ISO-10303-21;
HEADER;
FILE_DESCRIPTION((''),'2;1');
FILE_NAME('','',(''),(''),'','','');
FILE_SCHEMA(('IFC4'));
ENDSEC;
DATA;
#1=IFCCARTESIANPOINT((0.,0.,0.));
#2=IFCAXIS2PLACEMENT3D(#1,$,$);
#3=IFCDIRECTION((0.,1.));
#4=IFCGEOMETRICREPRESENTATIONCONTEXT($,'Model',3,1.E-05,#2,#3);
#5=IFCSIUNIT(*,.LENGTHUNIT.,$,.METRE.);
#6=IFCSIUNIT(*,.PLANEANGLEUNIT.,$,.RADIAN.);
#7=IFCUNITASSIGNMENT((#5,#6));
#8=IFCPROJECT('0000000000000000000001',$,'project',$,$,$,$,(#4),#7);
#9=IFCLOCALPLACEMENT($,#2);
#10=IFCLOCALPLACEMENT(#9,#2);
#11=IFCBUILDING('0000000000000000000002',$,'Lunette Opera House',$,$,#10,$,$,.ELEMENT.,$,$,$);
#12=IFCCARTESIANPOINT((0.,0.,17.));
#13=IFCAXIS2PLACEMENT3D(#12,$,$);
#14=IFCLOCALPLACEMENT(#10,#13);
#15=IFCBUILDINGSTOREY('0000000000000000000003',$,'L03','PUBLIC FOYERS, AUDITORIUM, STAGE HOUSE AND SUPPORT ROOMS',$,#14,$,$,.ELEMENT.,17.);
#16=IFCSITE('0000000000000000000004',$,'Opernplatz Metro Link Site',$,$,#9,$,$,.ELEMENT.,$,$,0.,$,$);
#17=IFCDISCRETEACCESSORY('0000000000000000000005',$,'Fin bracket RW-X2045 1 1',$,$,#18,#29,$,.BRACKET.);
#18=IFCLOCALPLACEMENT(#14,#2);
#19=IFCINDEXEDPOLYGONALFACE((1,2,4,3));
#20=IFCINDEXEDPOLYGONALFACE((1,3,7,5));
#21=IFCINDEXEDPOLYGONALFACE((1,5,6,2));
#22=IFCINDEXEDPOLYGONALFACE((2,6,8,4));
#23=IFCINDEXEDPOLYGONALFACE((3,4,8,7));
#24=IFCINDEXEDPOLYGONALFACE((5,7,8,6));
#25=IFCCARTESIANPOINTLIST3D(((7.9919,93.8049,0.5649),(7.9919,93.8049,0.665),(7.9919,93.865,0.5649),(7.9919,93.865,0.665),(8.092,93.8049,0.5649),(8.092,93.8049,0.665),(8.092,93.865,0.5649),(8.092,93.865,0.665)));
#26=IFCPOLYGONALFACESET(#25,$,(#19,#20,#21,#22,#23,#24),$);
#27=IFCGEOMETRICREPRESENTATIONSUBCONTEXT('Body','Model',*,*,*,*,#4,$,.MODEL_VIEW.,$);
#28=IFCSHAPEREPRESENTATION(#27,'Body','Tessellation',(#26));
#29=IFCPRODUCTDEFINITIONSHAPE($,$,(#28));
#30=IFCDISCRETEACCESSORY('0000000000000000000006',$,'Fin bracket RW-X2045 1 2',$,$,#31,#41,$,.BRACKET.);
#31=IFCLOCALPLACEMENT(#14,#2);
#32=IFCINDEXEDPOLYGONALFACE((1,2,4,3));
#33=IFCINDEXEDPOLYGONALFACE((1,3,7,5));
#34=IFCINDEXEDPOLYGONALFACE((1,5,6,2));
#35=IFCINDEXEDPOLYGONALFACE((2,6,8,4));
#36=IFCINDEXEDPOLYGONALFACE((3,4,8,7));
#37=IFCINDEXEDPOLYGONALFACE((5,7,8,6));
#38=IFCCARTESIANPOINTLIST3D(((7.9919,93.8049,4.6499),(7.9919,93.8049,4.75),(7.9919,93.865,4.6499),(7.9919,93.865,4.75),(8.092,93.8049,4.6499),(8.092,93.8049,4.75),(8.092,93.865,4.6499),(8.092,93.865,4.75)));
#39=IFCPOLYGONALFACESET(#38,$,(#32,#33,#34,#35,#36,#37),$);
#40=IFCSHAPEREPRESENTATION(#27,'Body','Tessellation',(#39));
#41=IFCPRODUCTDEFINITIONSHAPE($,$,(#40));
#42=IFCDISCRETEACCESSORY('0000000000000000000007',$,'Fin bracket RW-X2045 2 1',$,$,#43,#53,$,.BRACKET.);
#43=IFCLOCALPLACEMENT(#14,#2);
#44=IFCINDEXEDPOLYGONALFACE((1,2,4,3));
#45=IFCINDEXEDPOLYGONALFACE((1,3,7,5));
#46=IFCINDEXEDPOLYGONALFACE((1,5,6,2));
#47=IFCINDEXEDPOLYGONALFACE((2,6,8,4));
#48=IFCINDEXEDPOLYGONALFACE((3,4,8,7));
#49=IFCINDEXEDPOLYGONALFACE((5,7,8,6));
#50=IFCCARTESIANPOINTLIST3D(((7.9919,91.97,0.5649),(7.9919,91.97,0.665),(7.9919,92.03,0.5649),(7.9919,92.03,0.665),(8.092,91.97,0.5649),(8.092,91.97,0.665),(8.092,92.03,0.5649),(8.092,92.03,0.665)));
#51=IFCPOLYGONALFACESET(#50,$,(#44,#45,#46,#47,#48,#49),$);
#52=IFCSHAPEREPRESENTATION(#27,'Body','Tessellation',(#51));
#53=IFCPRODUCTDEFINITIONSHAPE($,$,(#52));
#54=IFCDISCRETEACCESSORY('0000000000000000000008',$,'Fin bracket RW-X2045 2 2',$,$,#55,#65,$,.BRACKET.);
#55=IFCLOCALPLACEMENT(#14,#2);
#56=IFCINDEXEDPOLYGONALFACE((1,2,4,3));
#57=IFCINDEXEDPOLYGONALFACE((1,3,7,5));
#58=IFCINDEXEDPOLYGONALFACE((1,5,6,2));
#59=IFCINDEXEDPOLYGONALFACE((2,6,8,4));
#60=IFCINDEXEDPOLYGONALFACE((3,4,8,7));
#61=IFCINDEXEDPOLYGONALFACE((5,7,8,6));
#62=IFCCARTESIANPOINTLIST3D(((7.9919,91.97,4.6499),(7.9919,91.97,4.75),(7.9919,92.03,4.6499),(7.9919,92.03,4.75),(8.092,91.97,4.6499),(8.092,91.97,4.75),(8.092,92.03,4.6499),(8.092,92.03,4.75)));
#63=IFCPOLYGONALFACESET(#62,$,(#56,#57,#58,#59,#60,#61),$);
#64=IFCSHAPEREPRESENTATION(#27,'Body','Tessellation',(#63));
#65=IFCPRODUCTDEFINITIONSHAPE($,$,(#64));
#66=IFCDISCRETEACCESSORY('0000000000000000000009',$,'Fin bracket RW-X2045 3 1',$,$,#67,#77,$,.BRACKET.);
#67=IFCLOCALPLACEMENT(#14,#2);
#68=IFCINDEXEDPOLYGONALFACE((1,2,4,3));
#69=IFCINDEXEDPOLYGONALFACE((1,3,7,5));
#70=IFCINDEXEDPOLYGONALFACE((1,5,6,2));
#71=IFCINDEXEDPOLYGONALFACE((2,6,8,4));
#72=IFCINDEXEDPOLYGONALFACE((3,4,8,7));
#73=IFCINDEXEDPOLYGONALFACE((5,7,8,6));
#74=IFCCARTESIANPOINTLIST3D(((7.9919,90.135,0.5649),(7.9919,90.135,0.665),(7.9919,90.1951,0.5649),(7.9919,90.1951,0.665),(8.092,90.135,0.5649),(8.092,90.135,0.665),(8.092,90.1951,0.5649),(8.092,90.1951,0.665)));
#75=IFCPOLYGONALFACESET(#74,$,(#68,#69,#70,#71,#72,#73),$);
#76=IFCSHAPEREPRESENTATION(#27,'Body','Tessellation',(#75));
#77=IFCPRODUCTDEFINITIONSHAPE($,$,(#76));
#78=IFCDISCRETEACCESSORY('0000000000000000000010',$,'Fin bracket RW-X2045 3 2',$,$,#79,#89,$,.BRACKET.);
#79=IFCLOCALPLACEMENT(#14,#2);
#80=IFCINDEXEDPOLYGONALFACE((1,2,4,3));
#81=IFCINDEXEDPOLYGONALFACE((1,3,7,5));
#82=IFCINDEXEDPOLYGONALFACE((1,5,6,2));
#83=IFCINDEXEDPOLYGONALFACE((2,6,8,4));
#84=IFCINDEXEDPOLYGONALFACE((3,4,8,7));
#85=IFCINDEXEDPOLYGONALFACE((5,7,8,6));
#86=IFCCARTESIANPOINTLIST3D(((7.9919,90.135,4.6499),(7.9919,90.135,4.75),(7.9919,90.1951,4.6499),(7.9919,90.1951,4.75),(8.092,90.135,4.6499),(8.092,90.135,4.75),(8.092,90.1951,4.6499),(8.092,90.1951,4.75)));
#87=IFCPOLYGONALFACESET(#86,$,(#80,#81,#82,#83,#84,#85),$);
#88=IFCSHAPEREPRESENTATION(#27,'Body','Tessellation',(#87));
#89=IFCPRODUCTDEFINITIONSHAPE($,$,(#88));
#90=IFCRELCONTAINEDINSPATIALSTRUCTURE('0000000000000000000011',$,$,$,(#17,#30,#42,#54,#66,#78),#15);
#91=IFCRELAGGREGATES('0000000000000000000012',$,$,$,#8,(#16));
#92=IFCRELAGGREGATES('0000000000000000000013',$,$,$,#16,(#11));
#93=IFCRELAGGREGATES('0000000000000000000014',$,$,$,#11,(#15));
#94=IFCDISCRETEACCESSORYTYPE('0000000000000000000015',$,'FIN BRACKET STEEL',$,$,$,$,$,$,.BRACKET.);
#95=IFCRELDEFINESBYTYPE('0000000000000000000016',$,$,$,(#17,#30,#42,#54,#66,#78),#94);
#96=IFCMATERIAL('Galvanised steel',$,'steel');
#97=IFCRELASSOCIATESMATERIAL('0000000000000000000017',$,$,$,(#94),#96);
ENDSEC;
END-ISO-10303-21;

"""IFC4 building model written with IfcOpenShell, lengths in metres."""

from ifc_helpers import new_model, si_unit, direction, frame, origin, origin_2d, place, context, subcontext, project, spatial, rectangle, extrude, material, type_object, element, save


model = new_model("IFC4")

# Units and contexts
model_context = context("Model", 3, precision=1e-05, world=origin(), true_north=direction((0.0, 1.0)))
body_context = subcontext(model_context, "Body", "Model", "MODEL_VIEW")
ifc_project = project(units=[si_unit("LENGTHUNIT", "METRE"), si_unit("PLANEANGLEUNIT", "RADIAN")], contexts=[model_context])

# Site, building, storey
site_placement = place(None, origin())
site = spatial("IfcSite", under=ifc_project, at=site_placement, Name="Opernplatz Metro Link Site", CompositionType="ELEMENT", RefElevation=0.0)
building_placement = place(site_placement, origin())
building = spatial("IfcBuilding", under=site, at=building_placement, Name="Lunette Opera House", CompositionType="ELEMENT")
storey_placement = place(building_placement, frame((0.0, 0.0, 17.0)))
storey = spatial("IfcBuildingStorey", under=building, at=storey_placement, Name="L03", Description="PUBLIC FOYERS, AUDITORIUM, STAGE HOUSE AND SUPPORT ROOMS", CompositionType="ELEMENT", Elevation=17.0)

# Discrete accessories
ifc_material_1 = material(Name="Galvanised steel", Category="steel")
discrete_accessory_type = type_object("IfcDiscreteAccessoryType", Name="FIN BRACKET STEEL", PredefinedType="BRACKET", material=ifc_material_1)
for number, where, z_axis, x_axis, name in (
    (1, (8.042, 93.835, 0.5649), (0.0, 0.0, 1.0), (-1.0, 0.0, 0.0), "Fin bracket RW-X2045 1 1"),
    (2, (8.042, 93.835, 4.6499), (0.0, 0.0, 1.0), (-1.0, 0.0, 0.0), "Fin bracket RW-X2045 1 2"),
    (3, (8.042, 92.0, 0.5649), (0.0, 0.0, 1.0), (-1.0, 0.0, 0.0), "Fin bracket RW-X2045 2 1"),
    (4, (8.042, 92.0, 4.6499), (0.0, 0.0, 1.0), (-1.0, 0.0, 0.0), "Fin bracket RW-X2045 2 2"),
    (5, (8.042, 90.165, 0.5649), (0.0, 0.0, 1.0), (-1.0, 0.0, 0.0), "Fin bracket RW-X2045 3 1"),
    (6, (8.042, 90.165, 4.6499), (0.0, 0.0, 1.0), (-1.0, 0.0, 0.0), "Fin bracket RW-X2045 3 2"),
):
    element("IfcDiscreteAccessory", number, at=place(storey_placement, frame(where, z_axis=z_axis, x_axis=x_axis)), inside=storey, type_object=discrete_accessory_type, Name=name, PredefinedType="BRACKET", context=body_context, shape_type="SweptSolid", body=[
        extrude(rectangle(XDim=0.1001, YDim=0.0601, at=origin_2d()), origin(), (0.0, 0.0, 1.0), 0.1001),
    ])

save(model, "model.ifc")
